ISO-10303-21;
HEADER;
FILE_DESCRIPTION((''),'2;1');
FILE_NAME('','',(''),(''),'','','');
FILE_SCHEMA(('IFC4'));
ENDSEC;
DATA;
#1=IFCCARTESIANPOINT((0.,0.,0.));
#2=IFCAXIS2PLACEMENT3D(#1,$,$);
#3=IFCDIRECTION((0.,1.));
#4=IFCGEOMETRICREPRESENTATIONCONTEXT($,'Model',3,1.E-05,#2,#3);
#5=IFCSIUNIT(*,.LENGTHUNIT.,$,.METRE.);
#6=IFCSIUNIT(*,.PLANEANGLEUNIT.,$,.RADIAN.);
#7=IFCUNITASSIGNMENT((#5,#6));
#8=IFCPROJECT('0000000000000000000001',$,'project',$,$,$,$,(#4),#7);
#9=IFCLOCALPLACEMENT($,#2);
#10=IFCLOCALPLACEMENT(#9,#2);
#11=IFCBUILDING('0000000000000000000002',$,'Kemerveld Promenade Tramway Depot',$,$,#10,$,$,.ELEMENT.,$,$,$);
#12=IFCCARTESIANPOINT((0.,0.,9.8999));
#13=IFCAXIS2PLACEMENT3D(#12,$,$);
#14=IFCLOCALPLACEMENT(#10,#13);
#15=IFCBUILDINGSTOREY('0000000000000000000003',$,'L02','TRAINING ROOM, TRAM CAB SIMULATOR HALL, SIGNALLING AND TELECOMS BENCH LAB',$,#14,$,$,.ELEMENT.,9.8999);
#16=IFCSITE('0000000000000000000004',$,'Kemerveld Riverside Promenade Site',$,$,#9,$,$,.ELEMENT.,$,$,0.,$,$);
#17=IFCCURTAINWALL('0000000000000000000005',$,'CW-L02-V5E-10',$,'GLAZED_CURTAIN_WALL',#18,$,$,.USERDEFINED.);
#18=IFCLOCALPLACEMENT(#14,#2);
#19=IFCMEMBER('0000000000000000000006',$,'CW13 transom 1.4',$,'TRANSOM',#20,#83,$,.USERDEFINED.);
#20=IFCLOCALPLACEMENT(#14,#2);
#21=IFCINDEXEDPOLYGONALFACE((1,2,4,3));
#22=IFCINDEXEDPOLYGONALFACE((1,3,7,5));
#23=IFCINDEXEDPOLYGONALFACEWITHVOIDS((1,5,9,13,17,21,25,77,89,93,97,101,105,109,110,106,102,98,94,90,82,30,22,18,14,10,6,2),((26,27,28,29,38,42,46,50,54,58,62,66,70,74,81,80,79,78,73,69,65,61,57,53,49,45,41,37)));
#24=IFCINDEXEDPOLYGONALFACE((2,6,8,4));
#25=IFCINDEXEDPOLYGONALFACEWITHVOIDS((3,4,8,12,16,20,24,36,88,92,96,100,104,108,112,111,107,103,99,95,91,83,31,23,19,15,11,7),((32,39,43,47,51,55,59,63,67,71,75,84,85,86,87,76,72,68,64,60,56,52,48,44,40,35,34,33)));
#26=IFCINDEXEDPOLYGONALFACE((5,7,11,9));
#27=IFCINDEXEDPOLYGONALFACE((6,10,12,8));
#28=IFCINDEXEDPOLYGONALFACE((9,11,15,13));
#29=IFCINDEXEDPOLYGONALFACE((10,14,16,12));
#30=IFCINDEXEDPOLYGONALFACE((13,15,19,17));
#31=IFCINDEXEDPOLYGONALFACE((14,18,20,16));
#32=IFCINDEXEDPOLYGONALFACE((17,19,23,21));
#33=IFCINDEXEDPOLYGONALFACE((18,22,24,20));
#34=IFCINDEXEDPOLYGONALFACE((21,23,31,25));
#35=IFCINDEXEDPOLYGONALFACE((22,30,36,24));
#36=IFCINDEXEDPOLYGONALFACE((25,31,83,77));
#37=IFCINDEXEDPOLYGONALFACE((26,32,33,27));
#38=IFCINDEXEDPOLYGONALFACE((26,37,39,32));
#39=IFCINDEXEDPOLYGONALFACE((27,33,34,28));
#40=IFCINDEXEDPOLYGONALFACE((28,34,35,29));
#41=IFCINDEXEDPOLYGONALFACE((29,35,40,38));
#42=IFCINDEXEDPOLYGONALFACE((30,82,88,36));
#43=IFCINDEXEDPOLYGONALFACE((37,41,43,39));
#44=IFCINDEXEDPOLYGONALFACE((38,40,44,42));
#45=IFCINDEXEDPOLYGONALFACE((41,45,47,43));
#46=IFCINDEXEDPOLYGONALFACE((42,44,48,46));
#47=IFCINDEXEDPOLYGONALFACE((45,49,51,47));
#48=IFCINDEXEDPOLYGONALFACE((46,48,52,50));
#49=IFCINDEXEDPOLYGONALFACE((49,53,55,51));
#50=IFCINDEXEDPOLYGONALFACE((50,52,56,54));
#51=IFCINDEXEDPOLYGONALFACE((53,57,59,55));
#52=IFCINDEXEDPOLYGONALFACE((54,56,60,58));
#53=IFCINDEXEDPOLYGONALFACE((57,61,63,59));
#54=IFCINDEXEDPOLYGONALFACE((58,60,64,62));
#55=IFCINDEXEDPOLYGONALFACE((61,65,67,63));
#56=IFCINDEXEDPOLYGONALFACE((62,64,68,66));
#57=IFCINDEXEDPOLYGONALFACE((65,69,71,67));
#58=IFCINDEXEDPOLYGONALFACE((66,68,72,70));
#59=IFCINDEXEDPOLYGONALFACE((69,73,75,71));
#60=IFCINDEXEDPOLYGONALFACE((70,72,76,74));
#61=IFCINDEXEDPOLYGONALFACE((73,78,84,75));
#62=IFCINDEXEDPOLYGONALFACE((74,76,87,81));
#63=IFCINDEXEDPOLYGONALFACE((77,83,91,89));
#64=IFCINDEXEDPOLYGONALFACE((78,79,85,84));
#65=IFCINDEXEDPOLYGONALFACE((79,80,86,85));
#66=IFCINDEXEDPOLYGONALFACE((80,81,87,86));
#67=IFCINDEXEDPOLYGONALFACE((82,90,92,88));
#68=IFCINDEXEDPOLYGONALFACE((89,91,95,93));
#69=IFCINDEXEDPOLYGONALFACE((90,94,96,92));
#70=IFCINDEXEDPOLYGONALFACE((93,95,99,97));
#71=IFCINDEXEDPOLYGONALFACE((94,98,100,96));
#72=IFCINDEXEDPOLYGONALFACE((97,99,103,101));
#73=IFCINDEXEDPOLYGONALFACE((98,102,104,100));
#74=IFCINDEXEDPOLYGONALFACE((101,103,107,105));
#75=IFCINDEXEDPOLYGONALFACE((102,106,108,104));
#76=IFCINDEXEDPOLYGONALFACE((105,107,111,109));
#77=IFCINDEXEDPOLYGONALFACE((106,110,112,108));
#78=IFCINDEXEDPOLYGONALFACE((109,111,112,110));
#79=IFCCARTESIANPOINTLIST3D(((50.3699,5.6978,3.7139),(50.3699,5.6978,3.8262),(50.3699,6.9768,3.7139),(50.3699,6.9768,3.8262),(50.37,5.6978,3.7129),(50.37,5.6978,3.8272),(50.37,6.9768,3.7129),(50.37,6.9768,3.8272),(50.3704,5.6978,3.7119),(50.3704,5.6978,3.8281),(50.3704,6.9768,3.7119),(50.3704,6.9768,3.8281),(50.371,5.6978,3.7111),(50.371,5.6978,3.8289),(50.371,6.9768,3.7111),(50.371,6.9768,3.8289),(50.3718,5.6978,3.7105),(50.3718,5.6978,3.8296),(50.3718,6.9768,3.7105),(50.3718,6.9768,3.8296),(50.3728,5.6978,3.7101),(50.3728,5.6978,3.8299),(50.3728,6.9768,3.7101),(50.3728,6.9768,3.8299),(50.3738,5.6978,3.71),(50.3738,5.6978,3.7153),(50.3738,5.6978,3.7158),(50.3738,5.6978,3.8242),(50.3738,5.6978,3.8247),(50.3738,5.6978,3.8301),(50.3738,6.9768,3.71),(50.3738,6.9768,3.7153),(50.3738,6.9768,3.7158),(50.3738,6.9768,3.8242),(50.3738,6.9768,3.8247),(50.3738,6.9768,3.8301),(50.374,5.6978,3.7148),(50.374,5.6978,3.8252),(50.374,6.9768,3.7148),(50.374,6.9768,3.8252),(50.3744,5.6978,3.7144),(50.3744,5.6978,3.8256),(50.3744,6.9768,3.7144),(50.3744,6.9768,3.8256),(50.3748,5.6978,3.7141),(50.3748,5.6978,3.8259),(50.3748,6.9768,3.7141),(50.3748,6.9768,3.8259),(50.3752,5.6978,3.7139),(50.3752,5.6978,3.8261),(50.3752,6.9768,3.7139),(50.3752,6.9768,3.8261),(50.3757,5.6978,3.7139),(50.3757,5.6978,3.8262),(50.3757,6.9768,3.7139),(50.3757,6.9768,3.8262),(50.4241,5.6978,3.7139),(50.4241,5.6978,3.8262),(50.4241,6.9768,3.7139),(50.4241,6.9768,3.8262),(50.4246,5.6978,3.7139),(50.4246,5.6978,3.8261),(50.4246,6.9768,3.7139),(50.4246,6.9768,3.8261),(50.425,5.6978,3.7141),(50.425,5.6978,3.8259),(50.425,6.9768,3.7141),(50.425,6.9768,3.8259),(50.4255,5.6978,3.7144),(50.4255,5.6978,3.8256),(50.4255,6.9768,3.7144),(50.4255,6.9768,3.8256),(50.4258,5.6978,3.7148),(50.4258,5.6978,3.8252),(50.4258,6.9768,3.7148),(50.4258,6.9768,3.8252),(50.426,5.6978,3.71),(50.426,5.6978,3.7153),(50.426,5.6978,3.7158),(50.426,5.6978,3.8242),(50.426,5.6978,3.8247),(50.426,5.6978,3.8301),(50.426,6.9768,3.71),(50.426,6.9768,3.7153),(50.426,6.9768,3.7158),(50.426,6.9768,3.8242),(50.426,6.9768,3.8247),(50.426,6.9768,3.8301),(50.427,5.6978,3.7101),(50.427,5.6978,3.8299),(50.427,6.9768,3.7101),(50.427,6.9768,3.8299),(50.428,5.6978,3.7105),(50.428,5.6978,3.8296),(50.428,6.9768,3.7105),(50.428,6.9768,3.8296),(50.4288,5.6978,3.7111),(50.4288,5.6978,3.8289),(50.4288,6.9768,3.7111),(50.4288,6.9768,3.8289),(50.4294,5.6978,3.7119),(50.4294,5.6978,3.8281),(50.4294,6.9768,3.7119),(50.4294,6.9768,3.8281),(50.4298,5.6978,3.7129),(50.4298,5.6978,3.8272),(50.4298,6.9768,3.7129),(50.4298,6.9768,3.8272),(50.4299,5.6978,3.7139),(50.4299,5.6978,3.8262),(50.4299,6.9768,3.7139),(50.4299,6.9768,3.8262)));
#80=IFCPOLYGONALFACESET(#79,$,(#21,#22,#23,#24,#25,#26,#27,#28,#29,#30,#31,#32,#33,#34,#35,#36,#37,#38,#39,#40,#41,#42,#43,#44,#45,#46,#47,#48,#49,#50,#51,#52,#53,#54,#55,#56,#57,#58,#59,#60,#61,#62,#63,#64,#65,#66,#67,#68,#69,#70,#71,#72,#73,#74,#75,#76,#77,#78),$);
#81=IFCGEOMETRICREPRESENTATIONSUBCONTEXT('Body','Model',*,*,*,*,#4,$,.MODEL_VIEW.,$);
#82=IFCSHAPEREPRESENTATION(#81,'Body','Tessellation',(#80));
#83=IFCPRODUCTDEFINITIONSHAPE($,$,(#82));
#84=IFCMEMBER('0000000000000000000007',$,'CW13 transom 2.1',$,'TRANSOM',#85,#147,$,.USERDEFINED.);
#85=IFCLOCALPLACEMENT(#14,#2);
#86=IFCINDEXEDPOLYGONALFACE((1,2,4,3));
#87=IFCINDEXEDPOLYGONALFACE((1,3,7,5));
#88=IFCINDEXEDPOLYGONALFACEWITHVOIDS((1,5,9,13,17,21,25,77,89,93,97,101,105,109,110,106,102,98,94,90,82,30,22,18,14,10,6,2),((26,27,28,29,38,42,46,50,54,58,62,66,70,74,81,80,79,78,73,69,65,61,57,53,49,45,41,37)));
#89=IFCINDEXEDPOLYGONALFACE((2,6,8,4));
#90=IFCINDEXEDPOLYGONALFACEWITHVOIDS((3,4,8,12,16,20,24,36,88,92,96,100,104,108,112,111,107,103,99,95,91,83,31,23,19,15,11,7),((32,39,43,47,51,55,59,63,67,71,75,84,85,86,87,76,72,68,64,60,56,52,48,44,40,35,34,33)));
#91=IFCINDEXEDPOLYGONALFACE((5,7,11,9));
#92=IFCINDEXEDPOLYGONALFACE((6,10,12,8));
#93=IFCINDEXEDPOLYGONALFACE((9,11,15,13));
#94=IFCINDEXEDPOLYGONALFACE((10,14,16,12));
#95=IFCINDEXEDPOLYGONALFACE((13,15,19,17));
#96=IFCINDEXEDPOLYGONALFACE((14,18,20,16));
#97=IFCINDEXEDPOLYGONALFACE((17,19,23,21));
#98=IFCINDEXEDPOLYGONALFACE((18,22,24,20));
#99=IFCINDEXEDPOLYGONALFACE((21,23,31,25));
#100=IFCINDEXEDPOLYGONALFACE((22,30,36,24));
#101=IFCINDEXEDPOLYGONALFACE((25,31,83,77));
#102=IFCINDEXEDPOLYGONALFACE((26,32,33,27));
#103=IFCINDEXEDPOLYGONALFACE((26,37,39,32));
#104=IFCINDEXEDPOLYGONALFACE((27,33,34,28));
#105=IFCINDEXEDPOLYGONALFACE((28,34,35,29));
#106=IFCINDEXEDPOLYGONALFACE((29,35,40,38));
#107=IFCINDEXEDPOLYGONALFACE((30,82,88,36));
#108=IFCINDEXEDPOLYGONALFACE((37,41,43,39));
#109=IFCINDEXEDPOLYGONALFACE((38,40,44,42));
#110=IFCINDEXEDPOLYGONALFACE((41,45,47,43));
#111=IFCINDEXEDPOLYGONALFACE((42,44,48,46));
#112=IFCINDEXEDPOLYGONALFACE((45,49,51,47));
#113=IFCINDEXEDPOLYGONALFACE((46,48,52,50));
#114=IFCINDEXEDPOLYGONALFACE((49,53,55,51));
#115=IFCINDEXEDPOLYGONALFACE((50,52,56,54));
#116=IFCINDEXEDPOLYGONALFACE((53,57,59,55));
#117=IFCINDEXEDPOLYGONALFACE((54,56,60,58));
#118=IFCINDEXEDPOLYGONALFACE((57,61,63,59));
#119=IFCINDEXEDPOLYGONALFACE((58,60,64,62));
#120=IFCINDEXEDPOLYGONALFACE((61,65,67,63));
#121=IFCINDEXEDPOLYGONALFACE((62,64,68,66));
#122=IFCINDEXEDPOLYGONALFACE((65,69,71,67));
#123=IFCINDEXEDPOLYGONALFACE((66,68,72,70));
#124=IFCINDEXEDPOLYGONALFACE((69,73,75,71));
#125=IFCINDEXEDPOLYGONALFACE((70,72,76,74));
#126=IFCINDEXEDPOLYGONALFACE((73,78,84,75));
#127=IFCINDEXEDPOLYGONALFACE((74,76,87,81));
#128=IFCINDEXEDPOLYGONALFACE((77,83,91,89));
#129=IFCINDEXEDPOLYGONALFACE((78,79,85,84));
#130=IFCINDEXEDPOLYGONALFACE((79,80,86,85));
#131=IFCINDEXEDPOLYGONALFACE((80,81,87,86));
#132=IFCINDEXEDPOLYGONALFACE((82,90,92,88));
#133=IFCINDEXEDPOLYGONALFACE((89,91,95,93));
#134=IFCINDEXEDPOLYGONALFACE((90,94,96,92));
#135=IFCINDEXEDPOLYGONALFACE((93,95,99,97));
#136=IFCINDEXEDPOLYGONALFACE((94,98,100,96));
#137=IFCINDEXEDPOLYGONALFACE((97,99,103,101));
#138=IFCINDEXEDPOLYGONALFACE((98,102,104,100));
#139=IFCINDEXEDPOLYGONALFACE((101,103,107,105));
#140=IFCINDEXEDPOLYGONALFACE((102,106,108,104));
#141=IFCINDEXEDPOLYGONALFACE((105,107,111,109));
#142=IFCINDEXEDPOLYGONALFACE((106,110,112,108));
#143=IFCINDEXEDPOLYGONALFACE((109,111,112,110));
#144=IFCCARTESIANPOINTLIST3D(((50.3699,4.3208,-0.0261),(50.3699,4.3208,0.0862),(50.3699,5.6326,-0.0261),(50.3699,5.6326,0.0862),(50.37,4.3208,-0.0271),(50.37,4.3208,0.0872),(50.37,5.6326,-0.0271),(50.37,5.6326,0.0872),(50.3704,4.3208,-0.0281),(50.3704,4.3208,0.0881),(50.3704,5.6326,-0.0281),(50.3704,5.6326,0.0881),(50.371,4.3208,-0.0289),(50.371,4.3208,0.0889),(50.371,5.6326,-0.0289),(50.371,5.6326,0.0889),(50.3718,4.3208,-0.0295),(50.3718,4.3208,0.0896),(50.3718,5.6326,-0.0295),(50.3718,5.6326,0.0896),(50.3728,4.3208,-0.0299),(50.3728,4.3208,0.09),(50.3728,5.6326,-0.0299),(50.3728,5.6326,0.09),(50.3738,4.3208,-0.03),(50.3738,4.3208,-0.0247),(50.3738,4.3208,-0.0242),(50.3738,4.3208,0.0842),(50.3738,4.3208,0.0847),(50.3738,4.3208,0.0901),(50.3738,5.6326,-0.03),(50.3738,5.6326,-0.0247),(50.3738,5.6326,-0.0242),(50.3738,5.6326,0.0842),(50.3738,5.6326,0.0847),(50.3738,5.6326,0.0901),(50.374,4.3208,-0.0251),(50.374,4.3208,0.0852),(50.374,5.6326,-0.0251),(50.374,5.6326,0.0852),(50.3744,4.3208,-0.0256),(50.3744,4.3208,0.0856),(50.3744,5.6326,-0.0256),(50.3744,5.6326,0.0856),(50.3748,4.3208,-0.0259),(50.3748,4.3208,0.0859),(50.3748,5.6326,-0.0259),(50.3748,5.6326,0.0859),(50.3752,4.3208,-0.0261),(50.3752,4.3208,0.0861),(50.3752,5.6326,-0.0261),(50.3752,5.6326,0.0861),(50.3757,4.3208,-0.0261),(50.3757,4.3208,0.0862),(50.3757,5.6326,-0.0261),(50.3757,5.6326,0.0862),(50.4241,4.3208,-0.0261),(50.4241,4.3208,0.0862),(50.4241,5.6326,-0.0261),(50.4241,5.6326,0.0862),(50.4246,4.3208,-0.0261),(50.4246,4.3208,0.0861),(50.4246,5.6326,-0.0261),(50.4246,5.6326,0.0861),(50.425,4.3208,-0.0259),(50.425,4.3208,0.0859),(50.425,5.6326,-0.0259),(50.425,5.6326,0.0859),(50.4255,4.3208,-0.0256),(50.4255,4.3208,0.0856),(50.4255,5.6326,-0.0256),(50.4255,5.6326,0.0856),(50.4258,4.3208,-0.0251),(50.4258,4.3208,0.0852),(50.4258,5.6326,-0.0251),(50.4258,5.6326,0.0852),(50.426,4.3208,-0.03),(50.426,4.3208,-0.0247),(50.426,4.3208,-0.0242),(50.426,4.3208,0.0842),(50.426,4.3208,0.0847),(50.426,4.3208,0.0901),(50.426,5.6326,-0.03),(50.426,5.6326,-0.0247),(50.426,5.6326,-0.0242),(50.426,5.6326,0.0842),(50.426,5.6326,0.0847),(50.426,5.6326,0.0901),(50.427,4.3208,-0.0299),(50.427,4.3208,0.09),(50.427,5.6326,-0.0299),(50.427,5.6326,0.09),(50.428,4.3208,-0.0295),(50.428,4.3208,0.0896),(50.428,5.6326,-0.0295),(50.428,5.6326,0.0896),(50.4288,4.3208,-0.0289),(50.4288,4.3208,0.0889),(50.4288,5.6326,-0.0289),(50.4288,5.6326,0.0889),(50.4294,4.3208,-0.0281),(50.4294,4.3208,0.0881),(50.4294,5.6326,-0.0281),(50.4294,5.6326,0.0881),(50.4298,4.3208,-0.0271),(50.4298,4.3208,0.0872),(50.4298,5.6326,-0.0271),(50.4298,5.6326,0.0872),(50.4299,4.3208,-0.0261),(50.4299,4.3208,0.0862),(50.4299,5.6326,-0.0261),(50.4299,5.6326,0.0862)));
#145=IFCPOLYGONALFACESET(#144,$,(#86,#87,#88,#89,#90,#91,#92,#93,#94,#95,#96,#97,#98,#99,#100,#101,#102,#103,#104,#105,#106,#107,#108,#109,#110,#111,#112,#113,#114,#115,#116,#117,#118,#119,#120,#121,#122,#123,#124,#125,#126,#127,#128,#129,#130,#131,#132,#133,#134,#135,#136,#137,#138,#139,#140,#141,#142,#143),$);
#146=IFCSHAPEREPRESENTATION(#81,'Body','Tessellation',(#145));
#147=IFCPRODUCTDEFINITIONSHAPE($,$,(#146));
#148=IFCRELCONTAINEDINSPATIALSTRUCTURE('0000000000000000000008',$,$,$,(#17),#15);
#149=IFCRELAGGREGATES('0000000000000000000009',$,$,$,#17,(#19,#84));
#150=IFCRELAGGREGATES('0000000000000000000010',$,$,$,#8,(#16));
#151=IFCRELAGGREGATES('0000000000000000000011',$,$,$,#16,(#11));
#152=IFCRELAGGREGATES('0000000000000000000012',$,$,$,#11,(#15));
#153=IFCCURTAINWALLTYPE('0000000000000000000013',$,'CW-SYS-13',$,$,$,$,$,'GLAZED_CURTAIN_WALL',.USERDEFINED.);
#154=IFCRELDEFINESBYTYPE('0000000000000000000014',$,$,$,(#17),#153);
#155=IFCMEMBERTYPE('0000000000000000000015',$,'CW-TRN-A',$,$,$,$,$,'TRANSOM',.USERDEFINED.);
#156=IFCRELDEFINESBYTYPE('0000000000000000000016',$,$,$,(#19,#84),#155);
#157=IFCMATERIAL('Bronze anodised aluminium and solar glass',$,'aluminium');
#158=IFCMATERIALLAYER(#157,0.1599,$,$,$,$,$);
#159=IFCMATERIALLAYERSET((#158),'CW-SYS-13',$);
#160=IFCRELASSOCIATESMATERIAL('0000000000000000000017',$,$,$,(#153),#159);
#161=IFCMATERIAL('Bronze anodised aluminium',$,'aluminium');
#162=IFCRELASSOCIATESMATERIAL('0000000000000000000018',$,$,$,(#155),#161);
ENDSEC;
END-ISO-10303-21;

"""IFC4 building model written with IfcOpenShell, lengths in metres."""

from ifc_helpers import new_model, si_unit, direction, frame, origin, origin_2d, place, context, subcontext, project, spatial, hollow_rectangle, extrude, material, layer, layer_set, material_profile, profile_set, type_object, element, aggregate, save


model = new_model("IFC4")

# Units and contexts
model_context = context("Model", 3, precision=1e-05, world=origin(), true_north=direction((0.0, 1.0)))
body_context = subcontext(model_context, "Body", "Model", "MODEL_VIEW")
ifc_project = project(units=[si_unit("LENGTHUNIT", "METRE"), si_unit("PLANEANGLEUNIT", "RADIAN")], contexts=[model_context])

# Site, building, storey
site_placement = place(None, origin())
site = spatial("IfcSite", under=ifc_project, at=site_placement, Name="Kemerveld Riverside Promenade Site", CompositionType="ELEMENT", RefElevation=0.0)
building_placement = place(site_placement, origin())
building = spatial("IfcBuilding", under=site, at=building_placement, Name="Kemerveld Promenade Tramway Depot", CompositionType="ELEMENT")
storey_placement = place(building_placement, frame((0.0, 0.0, 9.8999)))
storey = spatial("IfcBuildingStorey", under=building, at=storey_placement, Name="L02", Description="TRAINING ROOM, TRAM CAB SIMULATOR HALL, SIGNALLING AND TELECOMS BENCH LAB", CompositionType="ELEMENT", Elevation=9.8999)

# Curtain wall, members
ifc_material_1 = material(Name="Bronze anodised aluminium and solar glass", Category="aluminium")
ifc_layer_1 = layer(ifc_material_1, 0.1599)
ifc_layer_set_1 = layer_set([ifc_layer_1], Name="CW-SYS-13")
curtain_wall_type = type_object("IfcCurtainWallType", Name="CW-SYS-13", ElementType="GLAZED_CURTAIN_WALL", PredefinedType="USERDEFINED", material=ifc_layer_set_1)
curtain_wall_placement = place(storey_placement, origin())
curtain_wall = element("IfcCurtainWall", 1, at=curtain_wall_placement, inside=storey, type_object=curtain_wall_type, Name="CW-L02-V5E-10", ObjectType="GLAZED_CURTAIN_WALL", PredefinedType="USERDEFINED")
ifc_material_2 = material(Name="Bronze anodised aluminium", Category="aluminium")
ifc_material_profile_1 = material_profile(ifc_material_2, hollow_rectangle(XDim=0.0601, YDim=0.1201, WallThickness=0.0039, InnerFilletRadius=0.002, OuterFilletRadius=0.0039, at=origin_2d()), Name="CW-TRN-120x60")
ifc_profile_set_1 = profile_set([ifc_material_profile_1], Name="Bronze anodised aluminium")
member_type_1 = type_object("IfcMemberType", Name="CW-TRN-A", ElementType="TRANSOM", PredefinedType="USERDEFINED", material=ifc_profile_set_1)
member_1_placement = place(storey_placement, frame((50.3999, 6.9768, 3.77), z_axis=(0.0, -1.0, 0.0), x_axis=(1.0, 0.0, 0.0)))
member_1 = element("IfcMember", 2, at=member_1_placement, type_object=member_type_1, Name="CW13 transom 1.4", ObjectType="TRANSOM", PredefinedType="USERDEFINED", context=body_context, shape_type="SweptSolid", body=[
    extrude(hollow_rectangle(XDim=0.0601, YDim=0.1201, WallThickness=0.0039, InnerFilletRadius=0.002, OuterFilletRadius=0.0039, at=origin_2d()), origin(), (0.0, 0.0, 1.0), 1.2791),
])
member_2_placement = place(storey_placement, frame((50.3999, 5.6326, 0.03), z_axis=(0.0, -1.0, 0.0), x_axis=(1.0, 0.0, 0.0)))
member_2 = element("IfcMember", 3, at=member_2_placement, type_object=member_type_1, Name="CW13 transom 2.1", ObjectType="TRANSOM", PredefinedType="USERDEFINED", context=body_context, shape_type="SweptSolid", body=[
    extrude(hollow_rectangle(XDim=0.0601, YDim=0.1201, WallThickness=0.0039, InnerFilletRadius=0.002, OuterFilletRadius=0.0039, at=origin_2d()), origin(), (0.0, 0.0, 1.0), 1.3118),
])
aggregate(curtain_wall, [member_1, member_2])

save(model, "model.ifc")
